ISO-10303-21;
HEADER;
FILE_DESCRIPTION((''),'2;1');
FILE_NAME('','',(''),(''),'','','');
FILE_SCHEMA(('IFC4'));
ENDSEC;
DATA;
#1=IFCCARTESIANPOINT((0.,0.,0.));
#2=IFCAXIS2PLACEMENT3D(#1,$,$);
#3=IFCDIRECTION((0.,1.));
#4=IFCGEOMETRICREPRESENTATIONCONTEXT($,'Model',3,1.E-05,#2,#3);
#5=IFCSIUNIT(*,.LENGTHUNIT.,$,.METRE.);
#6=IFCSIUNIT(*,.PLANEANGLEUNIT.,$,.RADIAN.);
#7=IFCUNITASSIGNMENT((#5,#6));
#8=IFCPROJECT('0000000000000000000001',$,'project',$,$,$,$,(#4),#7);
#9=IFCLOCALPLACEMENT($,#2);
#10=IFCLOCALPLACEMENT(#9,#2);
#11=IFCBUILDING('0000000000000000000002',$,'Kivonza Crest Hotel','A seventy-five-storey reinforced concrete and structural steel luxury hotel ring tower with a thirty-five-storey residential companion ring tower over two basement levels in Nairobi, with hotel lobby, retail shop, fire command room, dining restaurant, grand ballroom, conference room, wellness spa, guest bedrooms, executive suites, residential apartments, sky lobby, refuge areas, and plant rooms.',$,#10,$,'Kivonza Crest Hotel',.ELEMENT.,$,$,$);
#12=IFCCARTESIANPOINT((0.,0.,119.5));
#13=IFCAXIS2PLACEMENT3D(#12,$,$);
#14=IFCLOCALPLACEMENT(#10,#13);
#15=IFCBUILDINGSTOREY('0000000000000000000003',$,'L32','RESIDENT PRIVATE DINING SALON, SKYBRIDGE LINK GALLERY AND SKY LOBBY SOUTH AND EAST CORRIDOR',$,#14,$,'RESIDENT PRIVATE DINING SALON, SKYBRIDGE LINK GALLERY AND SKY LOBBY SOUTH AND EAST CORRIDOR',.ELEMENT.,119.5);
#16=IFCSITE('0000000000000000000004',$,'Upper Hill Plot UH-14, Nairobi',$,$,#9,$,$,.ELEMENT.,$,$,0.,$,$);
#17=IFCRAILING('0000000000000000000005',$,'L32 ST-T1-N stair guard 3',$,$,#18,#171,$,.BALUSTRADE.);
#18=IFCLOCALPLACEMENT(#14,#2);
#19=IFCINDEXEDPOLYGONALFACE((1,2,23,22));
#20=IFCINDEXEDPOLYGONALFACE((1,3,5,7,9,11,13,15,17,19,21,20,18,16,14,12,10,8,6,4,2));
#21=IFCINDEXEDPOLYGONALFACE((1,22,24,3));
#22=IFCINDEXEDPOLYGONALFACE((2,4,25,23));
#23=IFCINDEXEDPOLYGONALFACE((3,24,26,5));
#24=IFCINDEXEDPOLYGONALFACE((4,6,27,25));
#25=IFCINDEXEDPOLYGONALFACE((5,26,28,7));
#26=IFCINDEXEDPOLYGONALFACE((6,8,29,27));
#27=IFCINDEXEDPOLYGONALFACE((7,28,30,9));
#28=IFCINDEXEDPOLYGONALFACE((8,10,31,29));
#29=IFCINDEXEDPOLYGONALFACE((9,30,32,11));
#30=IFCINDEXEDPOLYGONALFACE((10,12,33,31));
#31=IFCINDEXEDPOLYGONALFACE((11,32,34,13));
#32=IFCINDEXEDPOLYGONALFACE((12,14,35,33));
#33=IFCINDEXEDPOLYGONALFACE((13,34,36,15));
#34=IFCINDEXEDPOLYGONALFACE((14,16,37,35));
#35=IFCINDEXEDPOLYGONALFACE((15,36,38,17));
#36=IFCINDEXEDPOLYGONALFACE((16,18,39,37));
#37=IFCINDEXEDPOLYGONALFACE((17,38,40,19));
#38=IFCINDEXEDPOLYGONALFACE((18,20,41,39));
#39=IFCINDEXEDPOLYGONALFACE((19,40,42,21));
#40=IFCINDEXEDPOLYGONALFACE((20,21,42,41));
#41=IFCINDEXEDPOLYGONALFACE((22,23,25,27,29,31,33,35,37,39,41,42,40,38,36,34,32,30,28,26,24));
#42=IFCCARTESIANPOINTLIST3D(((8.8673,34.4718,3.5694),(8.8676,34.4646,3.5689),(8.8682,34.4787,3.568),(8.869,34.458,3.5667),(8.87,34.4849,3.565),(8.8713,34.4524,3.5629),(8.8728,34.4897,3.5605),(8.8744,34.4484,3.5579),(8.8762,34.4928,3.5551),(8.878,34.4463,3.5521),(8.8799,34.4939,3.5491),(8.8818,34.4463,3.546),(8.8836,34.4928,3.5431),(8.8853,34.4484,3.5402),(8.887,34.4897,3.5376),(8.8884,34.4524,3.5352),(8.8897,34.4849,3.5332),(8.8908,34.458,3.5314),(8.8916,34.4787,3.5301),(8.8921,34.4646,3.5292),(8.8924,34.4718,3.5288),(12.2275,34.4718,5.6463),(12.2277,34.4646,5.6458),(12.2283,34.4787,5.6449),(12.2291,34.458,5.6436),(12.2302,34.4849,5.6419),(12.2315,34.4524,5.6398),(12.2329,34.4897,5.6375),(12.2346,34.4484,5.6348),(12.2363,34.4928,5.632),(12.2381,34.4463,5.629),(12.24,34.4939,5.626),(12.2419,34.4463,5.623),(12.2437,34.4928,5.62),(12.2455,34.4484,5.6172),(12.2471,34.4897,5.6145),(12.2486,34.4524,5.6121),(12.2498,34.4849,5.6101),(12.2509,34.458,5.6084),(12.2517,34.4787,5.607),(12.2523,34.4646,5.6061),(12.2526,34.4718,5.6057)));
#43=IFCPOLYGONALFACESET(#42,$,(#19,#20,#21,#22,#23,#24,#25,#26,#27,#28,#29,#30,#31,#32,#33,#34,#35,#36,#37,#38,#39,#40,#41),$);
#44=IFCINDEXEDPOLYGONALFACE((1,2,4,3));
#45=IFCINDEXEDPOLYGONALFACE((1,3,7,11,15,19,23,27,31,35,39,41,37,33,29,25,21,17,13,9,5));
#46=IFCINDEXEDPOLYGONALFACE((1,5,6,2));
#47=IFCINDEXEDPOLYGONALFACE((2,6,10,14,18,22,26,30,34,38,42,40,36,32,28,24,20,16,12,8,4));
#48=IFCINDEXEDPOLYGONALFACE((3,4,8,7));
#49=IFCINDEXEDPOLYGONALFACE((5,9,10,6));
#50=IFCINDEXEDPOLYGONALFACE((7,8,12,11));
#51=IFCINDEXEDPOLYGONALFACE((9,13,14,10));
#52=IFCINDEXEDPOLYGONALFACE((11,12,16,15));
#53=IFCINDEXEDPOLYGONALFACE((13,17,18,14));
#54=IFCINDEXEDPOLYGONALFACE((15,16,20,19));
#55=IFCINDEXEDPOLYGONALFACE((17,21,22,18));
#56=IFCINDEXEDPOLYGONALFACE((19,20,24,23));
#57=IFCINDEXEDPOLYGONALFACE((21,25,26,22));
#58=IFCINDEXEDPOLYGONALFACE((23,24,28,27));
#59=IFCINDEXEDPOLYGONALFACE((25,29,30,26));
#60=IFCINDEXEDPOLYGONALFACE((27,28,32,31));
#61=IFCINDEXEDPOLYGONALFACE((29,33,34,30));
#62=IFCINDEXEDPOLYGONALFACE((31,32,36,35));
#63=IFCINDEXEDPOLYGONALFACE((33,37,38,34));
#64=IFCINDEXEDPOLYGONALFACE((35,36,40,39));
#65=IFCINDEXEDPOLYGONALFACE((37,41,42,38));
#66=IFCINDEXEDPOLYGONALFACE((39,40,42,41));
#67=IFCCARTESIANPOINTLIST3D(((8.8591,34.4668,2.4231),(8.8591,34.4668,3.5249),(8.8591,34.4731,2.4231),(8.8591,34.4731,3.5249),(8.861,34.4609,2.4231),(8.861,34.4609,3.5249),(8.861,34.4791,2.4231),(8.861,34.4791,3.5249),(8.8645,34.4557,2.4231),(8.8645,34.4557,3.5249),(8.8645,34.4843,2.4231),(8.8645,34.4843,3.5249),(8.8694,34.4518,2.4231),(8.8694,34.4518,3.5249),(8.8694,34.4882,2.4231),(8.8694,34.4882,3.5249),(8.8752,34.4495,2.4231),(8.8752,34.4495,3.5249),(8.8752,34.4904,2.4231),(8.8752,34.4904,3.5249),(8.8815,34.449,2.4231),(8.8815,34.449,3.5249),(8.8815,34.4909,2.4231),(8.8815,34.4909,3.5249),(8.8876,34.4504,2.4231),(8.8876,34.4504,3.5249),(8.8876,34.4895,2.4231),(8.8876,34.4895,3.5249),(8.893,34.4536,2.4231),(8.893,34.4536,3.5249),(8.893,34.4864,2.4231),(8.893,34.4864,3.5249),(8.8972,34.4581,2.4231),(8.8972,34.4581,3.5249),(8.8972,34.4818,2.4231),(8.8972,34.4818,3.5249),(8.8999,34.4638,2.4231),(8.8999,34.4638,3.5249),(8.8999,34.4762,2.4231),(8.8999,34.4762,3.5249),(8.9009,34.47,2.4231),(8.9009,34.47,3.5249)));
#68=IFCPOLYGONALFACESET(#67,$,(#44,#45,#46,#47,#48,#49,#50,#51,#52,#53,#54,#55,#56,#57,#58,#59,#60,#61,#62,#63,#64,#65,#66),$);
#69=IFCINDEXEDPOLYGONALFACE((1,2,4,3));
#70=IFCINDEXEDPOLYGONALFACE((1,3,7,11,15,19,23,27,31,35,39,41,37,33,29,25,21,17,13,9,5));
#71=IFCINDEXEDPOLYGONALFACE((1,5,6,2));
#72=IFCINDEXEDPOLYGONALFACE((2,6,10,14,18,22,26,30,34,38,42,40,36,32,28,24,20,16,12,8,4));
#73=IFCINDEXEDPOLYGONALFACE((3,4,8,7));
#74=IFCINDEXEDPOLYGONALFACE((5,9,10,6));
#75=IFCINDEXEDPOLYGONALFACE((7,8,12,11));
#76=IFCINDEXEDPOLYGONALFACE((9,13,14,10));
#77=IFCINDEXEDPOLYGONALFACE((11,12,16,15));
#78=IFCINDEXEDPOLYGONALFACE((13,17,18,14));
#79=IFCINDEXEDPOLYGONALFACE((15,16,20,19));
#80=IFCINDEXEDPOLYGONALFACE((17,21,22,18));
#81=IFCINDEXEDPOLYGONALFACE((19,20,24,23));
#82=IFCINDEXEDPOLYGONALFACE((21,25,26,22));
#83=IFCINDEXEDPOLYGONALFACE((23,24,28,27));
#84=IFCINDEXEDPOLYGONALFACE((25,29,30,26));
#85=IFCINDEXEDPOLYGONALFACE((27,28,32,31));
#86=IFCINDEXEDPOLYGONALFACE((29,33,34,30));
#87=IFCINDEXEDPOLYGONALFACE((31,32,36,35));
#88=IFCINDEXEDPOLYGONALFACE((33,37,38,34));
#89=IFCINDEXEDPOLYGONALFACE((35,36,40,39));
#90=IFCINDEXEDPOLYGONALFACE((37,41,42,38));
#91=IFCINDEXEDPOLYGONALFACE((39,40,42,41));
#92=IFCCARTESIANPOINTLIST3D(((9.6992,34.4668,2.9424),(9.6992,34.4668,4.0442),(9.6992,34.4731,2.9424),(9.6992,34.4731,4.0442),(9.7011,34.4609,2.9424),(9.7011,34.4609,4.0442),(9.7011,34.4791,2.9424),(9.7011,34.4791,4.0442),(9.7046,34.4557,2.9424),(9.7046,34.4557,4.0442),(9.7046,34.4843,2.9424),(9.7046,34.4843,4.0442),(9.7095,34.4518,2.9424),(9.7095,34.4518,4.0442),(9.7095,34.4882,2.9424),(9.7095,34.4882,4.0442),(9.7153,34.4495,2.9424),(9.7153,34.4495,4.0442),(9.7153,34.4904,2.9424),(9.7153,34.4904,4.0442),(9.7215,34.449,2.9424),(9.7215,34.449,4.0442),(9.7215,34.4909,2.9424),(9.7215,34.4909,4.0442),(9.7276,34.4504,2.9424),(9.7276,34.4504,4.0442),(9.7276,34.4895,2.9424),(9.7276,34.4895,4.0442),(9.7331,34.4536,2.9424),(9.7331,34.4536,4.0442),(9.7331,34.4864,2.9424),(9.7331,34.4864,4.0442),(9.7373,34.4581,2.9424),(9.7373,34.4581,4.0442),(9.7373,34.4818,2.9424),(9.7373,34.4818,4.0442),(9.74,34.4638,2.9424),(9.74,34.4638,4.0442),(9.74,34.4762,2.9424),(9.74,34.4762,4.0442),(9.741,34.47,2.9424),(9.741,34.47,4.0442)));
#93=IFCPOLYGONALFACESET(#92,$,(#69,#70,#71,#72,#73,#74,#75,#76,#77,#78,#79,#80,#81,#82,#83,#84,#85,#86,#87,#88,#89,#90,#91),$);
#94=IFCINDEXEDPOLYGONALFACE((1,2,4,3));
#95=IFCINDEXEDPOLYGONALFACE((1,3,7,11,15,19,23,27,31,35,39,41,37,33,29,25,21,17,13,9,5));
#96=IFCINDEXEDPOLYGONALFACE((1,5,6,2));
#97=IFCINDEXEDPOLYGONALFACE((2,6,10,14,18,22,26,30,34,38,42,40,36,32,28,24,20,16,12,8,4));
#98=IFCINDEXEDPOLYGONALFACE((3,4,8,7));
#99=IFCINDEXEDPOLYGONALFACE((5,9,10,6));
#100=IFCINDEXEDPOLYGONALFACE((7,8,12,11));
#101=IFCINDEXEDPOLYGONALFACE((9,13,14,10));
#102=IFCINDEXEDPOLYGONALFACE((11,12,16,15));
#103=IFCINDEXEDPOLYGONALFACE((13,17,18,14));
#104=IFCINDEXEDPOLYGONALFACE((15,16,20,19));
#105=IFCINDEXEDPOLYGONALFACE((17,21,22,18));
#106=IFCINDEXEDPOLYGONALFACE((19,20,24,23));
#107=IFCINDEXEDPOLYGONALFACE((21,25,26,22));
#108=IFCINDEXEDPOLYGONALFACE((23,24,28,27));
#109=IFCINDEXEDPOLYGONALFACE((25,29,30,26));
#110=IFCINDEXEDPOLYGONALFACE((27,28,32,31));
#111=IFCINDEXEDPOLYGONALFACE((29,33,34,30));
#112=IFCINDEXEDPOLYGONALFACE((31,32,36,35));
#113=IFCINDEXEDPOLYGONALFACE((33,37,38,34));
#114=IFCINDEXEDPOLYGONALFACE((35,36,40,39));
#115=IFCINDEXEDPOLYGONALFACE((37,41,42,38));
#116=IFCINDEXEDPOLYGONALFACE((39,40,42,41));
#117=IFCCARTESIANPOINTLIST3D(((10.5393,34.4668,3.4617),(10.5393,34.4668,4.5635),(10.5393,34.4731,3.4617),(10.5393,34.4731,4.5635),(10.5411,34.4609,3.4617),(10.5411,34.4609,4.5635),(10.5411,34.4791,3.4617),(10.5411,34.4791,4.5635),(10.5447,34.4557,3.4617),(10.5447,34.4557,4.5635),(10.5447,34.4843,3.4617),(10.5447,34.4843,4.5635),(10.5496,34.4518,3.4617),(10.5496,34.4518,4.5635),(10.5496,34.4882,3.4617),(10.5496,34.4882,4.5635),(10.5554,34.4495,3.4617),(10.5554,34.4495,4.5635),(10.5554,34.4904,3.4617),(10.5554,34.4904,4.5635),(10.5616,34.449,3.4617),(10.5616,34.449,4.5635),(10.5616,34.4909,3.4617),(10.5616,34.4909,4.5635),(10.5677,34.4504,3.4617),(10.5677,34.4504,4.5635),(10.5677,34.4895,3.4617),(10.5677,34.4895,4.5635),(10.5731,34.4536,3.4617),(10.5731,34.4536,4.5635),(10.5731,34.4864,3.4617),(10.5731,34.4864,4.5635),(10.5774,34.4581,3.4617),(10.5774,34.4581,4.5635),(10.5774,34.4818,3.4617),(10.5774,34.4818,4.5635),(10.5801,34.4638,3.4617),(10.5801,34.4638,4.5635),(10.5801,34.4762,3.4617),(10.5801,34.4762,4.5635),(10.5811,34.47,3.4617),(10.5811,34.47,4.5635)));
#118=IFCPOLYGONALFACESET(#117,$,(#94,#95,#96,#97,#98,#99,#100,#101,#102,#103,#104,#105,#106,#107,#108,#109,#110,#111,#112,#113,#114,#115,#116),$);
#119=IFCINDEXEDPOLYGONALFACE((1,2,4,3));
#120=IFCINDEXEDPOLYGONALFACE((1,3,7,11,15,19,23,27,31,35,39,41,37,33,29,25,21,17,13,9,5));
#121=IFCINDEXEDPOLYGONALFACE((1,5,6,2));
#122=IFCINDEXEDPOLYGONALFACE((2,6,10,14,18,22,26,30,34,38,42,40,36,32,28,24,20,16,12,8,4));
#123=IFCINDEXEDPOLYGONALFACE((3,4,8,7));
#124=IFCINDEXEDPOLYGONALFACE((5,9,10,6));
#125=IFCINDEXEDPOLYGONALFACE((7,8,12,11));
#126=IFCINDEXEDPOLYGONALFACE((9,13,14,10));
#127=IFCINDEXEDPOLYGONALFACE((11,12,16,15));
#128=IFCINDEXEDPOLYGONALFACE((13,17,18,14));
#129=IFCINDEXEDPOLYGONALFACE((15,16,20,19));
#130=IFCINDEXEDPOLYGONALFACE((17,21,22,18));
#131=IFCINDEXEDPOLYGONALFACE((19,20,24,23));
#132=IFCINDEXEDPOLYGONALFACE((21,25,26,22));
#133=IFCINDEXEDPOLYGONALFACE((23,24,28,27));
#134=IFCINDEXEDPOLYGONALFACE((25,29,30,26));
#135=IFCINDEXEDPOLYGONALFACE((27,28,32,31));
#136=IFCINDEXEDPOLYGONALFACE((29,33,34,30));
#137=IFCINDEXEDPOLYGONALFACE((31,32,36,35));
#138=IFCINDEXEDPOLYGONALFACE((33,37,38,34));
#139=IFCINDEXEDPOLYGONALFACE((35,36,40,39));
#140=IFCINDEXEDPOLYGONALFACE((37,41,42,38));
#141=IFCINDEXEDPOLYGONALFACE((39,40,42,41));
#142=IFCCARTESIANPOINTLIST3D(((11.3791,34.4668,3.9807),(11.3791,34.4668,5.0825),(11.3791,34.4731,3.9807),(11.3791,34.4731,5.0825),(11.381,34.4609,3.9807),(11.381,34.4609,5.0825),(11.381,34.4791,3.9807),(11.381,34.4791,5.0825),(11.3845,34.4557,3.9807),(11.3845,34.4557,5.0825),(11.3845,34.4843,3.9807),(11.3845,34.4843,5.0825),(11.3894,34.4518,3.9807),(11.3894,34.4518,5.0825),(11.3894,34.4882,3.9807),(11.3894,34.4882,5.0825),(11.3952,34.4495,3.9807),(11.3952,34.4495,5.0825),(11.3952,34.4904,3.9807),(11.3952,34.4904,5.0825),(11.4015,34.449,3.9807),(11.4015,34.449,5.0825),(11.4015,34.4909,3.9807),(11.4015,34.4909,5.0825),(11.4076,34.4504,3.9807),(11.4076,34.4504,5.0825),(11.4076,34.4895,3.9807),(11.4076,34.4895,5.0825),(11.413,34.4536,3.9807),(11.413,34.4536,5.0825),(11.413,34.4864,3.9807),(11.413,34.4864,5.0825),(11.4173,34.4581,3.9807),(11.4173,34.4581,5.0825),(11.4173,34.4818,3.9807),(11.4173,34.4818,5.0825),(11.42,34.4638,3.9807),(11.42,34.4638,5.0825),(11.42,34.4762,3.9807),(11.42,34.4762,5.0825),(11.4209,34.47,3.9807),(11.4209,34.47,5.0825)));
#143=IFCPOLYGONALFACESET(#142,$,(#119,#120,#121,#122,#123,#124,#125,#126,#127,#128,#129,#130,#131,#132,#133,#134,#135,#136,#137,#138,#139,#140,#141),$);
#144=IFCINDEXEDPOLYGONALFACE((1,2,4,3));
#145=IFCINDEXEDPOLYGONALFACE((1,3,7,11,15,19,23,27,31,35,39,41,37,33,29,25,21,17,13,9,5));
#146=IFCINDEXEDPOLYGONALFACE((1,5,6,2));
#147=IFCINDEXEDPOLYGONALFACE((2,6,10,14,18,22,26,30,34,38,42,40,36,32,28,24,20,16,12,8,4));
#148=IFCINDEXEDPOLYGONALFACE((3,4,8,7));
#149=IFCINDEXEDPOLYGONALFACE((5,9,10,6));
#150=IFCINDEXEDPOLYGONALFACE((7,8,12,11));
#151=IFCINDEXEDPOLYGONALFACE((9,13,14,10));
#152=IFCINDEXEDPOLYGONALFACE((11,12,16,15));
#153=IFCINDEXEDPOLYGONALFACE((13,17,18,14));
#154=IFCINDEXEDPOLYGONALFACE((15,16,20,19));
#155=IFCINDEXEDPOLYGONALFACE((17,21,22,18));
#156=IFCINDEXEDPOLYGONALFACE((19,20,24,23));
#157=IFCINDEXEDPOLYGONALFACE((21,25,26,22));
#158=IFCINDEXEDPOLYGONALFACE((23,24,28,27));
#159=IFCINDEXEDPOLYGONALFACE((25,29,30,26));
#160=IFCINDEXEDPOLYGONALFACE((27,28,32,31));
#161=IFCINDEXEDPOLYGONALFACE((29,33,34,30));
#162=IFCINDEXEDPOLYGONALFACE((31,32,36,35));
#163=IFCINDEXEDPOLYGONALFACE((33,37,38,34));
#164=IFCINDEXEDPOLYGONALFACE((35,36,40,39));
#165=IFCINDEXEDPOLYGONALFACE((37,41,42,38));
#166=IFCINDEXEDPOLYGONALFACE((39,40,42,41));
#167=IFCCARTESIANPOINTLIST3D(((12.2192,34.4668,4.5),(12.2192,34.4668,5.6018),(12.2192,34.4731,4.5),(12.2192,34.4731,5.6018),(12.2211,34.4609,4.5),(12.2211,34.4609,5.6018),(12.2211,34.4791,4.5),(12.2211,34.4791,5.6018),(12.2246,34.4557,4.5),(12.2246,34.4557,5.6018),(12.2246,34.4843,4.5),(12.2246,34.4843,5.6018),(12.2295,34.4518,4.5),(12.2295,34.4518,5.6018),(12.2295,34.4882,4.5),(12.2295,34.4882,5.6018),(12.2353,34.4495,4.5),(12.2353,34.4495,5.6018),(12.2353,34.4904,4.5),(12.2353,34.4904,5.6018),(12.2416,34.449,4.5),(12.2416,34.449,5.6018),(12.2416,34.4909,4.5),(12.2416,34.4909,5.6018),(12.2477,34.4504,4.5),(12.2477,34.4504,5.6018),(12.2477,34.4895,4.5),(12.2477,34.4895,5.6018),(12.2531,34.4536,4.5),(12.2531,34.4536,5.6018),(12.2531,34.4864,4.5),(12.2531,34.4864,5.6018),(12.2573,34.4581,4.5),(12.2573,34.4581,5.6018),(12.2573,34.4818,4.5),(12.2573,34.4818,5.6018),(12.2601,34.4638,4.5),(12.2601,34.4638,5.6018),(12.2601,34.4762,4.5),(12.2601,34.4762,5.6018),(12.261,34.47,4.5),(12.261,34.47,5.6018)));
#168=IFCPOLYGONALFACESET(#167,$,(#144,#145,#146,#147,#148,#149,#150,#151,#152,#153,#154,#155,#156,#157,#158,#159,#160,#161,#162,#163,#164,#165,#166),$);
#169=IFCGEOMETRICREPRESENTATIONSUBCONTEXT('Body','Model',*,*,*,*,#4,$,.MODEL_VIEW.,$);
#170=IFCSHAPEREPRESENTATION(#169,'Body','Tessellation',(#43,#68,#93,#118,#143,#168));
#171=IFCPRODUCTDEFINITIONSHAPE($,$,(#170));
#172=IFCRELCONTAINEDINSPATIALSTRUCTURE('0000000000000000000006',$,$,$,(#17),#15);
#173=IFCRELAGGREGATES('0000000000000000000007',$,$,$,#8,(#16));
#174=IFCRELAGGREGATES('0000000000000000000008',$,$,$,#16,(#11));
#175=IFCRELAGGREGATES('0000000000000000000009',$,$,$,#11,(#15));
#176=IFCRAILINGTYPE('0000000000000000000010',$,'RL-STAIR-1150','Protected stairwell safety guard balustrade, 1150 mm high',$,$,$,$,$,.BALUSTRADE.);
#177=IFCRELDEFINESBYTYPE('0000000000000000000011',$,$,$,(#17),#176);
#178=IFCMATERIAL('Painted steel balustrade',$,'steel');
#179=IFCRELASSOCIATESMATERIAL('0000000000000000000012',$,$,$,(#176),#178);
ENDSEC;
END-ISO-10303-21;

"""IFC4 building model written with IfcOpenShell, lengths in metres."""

from ifc_helpers import new_model, si_unit, direction, frame, origin, origin_2d, place, context, subcontext, project, spatial, circle, extrude, material, type_object, element, save


model = new_model("IFC4")

# Units and contexts
model_context = context("Model", 3, precision=1e-05, world=origin(), true_north=direction((0.0, 1.0)))
body_context = subcontext(model_context, "Body", "Model", "MODEL_VIEW")
ifc_project = project(units=[si_unit("LENGTHUNIT", "METRE"), si_unit("PLANEANGLEUNIT", "RADIAN")], contexts=[model_context])

# Site, building, storey
site_placement = place(None, origin())
site = spatial("IfcSite", under=ifc_project, at=site_placement, Name="Upper Hill Plot UH-14, Nairobi", CompositionType="ELEMENT", RefElevation=0.0)
building_placement = place(site_placement, origin())
building = spatial("IfcBuilding", under=site, at=building_placement, Name="Kivonza Crest Hotel", Description="A seventy-five-storey reinforced concrete and structural steel luxury hotel ring tower with a thirty-five-storey residential companion ring tower over two basement levels in Nairobi, with hotel lobby, retail shop, fire command room, dining restaurant, grand ballroom, conference room, wellness spa, guest bedrooms, executive suites, residential apartments, sky lobby, refuge areas, and plant rooms.", LongName="Kivonza Crest Hotel", CompositionType="ELEMENT")
storey_placement = place(building_placement, frame((0.0, 0.0, 119.5)))
storey = spatial("IfcBuildingStorey", under=building, at=storey_placement, Name="L32", Description="RESIDENT PRIVATE DINING SALON, SKYBRIDGE LINK GALLERY AND SKY LOBBY SOUTH AND EAST CORRIDOR", LongName="RESIDENT PRIVATE DINING SALON, SKYBRIDGE LINK GALLERY AND SKY LOBBY SOUTH AND EAST CORRIDOR", CompositionType="ELEMENT", Elevation=119.5)

# Railing
ifc_material_1 = material(Name="Painted steel balustrade", Category="steel")
railing_type_1 = type_object("IfcRailingType", Name="RL-STAIR-1150", Description="Protected stairwell safety guard balustrade, 1150 mm high", PredefinedType="BALUSTRADE", material=ifc_material_1)
railing_1_placement = place(storey_placement, frame((8.8799, 34.47, 2.4231)))
element("IfcRailing", 1, at=railing_1_placement, inside=storey, type_object=railing_type_1, Name="L32 ST-T1-N stair guard 3", PredefinedType="BALUSTRADE", context=body_context, shape_type="SweptSolid", body=[
    extrude(circle(Radius=0.0239, at=origin_2d()), frame((0.0, 0.0, 1.126), z_axis=(0.850623, 0.0, 0.525776), x_axis=(0.0, 1.0, 0.0)), (0.0, 0.0, 1.0), 3.9502),
    extrude(circle(Radius=0.021, at=origin_2d()), origin(), (0.0, 0.0, 1.0), 1.1018),
    extrude(circle(Radius=0.021, at=origin_2d()), frame((0.8401, 0.0, 0.5193)), (0.0, 0.0, 1.0), 1.1018),
    extrude(circle(Radius=0.021, at=origin_2d()), frame((1.6802, 0.0, 1.0386)), (0.0, 0.0, 1.0), 1.1018),
    extrude(circle(Radius=0.021, at=origin_2d()), frame((2.52, 0.0, 1.5576)), (0.0, 0.0, 1.0), 1.1018),
    extrude(circle(Radius=0.021, at=origin_2d()), frame((3.3601, 0.0, 2.0769)), (0.0, 0.0, 1.0), 1.1018),
])

save(model, "model.ifc")
